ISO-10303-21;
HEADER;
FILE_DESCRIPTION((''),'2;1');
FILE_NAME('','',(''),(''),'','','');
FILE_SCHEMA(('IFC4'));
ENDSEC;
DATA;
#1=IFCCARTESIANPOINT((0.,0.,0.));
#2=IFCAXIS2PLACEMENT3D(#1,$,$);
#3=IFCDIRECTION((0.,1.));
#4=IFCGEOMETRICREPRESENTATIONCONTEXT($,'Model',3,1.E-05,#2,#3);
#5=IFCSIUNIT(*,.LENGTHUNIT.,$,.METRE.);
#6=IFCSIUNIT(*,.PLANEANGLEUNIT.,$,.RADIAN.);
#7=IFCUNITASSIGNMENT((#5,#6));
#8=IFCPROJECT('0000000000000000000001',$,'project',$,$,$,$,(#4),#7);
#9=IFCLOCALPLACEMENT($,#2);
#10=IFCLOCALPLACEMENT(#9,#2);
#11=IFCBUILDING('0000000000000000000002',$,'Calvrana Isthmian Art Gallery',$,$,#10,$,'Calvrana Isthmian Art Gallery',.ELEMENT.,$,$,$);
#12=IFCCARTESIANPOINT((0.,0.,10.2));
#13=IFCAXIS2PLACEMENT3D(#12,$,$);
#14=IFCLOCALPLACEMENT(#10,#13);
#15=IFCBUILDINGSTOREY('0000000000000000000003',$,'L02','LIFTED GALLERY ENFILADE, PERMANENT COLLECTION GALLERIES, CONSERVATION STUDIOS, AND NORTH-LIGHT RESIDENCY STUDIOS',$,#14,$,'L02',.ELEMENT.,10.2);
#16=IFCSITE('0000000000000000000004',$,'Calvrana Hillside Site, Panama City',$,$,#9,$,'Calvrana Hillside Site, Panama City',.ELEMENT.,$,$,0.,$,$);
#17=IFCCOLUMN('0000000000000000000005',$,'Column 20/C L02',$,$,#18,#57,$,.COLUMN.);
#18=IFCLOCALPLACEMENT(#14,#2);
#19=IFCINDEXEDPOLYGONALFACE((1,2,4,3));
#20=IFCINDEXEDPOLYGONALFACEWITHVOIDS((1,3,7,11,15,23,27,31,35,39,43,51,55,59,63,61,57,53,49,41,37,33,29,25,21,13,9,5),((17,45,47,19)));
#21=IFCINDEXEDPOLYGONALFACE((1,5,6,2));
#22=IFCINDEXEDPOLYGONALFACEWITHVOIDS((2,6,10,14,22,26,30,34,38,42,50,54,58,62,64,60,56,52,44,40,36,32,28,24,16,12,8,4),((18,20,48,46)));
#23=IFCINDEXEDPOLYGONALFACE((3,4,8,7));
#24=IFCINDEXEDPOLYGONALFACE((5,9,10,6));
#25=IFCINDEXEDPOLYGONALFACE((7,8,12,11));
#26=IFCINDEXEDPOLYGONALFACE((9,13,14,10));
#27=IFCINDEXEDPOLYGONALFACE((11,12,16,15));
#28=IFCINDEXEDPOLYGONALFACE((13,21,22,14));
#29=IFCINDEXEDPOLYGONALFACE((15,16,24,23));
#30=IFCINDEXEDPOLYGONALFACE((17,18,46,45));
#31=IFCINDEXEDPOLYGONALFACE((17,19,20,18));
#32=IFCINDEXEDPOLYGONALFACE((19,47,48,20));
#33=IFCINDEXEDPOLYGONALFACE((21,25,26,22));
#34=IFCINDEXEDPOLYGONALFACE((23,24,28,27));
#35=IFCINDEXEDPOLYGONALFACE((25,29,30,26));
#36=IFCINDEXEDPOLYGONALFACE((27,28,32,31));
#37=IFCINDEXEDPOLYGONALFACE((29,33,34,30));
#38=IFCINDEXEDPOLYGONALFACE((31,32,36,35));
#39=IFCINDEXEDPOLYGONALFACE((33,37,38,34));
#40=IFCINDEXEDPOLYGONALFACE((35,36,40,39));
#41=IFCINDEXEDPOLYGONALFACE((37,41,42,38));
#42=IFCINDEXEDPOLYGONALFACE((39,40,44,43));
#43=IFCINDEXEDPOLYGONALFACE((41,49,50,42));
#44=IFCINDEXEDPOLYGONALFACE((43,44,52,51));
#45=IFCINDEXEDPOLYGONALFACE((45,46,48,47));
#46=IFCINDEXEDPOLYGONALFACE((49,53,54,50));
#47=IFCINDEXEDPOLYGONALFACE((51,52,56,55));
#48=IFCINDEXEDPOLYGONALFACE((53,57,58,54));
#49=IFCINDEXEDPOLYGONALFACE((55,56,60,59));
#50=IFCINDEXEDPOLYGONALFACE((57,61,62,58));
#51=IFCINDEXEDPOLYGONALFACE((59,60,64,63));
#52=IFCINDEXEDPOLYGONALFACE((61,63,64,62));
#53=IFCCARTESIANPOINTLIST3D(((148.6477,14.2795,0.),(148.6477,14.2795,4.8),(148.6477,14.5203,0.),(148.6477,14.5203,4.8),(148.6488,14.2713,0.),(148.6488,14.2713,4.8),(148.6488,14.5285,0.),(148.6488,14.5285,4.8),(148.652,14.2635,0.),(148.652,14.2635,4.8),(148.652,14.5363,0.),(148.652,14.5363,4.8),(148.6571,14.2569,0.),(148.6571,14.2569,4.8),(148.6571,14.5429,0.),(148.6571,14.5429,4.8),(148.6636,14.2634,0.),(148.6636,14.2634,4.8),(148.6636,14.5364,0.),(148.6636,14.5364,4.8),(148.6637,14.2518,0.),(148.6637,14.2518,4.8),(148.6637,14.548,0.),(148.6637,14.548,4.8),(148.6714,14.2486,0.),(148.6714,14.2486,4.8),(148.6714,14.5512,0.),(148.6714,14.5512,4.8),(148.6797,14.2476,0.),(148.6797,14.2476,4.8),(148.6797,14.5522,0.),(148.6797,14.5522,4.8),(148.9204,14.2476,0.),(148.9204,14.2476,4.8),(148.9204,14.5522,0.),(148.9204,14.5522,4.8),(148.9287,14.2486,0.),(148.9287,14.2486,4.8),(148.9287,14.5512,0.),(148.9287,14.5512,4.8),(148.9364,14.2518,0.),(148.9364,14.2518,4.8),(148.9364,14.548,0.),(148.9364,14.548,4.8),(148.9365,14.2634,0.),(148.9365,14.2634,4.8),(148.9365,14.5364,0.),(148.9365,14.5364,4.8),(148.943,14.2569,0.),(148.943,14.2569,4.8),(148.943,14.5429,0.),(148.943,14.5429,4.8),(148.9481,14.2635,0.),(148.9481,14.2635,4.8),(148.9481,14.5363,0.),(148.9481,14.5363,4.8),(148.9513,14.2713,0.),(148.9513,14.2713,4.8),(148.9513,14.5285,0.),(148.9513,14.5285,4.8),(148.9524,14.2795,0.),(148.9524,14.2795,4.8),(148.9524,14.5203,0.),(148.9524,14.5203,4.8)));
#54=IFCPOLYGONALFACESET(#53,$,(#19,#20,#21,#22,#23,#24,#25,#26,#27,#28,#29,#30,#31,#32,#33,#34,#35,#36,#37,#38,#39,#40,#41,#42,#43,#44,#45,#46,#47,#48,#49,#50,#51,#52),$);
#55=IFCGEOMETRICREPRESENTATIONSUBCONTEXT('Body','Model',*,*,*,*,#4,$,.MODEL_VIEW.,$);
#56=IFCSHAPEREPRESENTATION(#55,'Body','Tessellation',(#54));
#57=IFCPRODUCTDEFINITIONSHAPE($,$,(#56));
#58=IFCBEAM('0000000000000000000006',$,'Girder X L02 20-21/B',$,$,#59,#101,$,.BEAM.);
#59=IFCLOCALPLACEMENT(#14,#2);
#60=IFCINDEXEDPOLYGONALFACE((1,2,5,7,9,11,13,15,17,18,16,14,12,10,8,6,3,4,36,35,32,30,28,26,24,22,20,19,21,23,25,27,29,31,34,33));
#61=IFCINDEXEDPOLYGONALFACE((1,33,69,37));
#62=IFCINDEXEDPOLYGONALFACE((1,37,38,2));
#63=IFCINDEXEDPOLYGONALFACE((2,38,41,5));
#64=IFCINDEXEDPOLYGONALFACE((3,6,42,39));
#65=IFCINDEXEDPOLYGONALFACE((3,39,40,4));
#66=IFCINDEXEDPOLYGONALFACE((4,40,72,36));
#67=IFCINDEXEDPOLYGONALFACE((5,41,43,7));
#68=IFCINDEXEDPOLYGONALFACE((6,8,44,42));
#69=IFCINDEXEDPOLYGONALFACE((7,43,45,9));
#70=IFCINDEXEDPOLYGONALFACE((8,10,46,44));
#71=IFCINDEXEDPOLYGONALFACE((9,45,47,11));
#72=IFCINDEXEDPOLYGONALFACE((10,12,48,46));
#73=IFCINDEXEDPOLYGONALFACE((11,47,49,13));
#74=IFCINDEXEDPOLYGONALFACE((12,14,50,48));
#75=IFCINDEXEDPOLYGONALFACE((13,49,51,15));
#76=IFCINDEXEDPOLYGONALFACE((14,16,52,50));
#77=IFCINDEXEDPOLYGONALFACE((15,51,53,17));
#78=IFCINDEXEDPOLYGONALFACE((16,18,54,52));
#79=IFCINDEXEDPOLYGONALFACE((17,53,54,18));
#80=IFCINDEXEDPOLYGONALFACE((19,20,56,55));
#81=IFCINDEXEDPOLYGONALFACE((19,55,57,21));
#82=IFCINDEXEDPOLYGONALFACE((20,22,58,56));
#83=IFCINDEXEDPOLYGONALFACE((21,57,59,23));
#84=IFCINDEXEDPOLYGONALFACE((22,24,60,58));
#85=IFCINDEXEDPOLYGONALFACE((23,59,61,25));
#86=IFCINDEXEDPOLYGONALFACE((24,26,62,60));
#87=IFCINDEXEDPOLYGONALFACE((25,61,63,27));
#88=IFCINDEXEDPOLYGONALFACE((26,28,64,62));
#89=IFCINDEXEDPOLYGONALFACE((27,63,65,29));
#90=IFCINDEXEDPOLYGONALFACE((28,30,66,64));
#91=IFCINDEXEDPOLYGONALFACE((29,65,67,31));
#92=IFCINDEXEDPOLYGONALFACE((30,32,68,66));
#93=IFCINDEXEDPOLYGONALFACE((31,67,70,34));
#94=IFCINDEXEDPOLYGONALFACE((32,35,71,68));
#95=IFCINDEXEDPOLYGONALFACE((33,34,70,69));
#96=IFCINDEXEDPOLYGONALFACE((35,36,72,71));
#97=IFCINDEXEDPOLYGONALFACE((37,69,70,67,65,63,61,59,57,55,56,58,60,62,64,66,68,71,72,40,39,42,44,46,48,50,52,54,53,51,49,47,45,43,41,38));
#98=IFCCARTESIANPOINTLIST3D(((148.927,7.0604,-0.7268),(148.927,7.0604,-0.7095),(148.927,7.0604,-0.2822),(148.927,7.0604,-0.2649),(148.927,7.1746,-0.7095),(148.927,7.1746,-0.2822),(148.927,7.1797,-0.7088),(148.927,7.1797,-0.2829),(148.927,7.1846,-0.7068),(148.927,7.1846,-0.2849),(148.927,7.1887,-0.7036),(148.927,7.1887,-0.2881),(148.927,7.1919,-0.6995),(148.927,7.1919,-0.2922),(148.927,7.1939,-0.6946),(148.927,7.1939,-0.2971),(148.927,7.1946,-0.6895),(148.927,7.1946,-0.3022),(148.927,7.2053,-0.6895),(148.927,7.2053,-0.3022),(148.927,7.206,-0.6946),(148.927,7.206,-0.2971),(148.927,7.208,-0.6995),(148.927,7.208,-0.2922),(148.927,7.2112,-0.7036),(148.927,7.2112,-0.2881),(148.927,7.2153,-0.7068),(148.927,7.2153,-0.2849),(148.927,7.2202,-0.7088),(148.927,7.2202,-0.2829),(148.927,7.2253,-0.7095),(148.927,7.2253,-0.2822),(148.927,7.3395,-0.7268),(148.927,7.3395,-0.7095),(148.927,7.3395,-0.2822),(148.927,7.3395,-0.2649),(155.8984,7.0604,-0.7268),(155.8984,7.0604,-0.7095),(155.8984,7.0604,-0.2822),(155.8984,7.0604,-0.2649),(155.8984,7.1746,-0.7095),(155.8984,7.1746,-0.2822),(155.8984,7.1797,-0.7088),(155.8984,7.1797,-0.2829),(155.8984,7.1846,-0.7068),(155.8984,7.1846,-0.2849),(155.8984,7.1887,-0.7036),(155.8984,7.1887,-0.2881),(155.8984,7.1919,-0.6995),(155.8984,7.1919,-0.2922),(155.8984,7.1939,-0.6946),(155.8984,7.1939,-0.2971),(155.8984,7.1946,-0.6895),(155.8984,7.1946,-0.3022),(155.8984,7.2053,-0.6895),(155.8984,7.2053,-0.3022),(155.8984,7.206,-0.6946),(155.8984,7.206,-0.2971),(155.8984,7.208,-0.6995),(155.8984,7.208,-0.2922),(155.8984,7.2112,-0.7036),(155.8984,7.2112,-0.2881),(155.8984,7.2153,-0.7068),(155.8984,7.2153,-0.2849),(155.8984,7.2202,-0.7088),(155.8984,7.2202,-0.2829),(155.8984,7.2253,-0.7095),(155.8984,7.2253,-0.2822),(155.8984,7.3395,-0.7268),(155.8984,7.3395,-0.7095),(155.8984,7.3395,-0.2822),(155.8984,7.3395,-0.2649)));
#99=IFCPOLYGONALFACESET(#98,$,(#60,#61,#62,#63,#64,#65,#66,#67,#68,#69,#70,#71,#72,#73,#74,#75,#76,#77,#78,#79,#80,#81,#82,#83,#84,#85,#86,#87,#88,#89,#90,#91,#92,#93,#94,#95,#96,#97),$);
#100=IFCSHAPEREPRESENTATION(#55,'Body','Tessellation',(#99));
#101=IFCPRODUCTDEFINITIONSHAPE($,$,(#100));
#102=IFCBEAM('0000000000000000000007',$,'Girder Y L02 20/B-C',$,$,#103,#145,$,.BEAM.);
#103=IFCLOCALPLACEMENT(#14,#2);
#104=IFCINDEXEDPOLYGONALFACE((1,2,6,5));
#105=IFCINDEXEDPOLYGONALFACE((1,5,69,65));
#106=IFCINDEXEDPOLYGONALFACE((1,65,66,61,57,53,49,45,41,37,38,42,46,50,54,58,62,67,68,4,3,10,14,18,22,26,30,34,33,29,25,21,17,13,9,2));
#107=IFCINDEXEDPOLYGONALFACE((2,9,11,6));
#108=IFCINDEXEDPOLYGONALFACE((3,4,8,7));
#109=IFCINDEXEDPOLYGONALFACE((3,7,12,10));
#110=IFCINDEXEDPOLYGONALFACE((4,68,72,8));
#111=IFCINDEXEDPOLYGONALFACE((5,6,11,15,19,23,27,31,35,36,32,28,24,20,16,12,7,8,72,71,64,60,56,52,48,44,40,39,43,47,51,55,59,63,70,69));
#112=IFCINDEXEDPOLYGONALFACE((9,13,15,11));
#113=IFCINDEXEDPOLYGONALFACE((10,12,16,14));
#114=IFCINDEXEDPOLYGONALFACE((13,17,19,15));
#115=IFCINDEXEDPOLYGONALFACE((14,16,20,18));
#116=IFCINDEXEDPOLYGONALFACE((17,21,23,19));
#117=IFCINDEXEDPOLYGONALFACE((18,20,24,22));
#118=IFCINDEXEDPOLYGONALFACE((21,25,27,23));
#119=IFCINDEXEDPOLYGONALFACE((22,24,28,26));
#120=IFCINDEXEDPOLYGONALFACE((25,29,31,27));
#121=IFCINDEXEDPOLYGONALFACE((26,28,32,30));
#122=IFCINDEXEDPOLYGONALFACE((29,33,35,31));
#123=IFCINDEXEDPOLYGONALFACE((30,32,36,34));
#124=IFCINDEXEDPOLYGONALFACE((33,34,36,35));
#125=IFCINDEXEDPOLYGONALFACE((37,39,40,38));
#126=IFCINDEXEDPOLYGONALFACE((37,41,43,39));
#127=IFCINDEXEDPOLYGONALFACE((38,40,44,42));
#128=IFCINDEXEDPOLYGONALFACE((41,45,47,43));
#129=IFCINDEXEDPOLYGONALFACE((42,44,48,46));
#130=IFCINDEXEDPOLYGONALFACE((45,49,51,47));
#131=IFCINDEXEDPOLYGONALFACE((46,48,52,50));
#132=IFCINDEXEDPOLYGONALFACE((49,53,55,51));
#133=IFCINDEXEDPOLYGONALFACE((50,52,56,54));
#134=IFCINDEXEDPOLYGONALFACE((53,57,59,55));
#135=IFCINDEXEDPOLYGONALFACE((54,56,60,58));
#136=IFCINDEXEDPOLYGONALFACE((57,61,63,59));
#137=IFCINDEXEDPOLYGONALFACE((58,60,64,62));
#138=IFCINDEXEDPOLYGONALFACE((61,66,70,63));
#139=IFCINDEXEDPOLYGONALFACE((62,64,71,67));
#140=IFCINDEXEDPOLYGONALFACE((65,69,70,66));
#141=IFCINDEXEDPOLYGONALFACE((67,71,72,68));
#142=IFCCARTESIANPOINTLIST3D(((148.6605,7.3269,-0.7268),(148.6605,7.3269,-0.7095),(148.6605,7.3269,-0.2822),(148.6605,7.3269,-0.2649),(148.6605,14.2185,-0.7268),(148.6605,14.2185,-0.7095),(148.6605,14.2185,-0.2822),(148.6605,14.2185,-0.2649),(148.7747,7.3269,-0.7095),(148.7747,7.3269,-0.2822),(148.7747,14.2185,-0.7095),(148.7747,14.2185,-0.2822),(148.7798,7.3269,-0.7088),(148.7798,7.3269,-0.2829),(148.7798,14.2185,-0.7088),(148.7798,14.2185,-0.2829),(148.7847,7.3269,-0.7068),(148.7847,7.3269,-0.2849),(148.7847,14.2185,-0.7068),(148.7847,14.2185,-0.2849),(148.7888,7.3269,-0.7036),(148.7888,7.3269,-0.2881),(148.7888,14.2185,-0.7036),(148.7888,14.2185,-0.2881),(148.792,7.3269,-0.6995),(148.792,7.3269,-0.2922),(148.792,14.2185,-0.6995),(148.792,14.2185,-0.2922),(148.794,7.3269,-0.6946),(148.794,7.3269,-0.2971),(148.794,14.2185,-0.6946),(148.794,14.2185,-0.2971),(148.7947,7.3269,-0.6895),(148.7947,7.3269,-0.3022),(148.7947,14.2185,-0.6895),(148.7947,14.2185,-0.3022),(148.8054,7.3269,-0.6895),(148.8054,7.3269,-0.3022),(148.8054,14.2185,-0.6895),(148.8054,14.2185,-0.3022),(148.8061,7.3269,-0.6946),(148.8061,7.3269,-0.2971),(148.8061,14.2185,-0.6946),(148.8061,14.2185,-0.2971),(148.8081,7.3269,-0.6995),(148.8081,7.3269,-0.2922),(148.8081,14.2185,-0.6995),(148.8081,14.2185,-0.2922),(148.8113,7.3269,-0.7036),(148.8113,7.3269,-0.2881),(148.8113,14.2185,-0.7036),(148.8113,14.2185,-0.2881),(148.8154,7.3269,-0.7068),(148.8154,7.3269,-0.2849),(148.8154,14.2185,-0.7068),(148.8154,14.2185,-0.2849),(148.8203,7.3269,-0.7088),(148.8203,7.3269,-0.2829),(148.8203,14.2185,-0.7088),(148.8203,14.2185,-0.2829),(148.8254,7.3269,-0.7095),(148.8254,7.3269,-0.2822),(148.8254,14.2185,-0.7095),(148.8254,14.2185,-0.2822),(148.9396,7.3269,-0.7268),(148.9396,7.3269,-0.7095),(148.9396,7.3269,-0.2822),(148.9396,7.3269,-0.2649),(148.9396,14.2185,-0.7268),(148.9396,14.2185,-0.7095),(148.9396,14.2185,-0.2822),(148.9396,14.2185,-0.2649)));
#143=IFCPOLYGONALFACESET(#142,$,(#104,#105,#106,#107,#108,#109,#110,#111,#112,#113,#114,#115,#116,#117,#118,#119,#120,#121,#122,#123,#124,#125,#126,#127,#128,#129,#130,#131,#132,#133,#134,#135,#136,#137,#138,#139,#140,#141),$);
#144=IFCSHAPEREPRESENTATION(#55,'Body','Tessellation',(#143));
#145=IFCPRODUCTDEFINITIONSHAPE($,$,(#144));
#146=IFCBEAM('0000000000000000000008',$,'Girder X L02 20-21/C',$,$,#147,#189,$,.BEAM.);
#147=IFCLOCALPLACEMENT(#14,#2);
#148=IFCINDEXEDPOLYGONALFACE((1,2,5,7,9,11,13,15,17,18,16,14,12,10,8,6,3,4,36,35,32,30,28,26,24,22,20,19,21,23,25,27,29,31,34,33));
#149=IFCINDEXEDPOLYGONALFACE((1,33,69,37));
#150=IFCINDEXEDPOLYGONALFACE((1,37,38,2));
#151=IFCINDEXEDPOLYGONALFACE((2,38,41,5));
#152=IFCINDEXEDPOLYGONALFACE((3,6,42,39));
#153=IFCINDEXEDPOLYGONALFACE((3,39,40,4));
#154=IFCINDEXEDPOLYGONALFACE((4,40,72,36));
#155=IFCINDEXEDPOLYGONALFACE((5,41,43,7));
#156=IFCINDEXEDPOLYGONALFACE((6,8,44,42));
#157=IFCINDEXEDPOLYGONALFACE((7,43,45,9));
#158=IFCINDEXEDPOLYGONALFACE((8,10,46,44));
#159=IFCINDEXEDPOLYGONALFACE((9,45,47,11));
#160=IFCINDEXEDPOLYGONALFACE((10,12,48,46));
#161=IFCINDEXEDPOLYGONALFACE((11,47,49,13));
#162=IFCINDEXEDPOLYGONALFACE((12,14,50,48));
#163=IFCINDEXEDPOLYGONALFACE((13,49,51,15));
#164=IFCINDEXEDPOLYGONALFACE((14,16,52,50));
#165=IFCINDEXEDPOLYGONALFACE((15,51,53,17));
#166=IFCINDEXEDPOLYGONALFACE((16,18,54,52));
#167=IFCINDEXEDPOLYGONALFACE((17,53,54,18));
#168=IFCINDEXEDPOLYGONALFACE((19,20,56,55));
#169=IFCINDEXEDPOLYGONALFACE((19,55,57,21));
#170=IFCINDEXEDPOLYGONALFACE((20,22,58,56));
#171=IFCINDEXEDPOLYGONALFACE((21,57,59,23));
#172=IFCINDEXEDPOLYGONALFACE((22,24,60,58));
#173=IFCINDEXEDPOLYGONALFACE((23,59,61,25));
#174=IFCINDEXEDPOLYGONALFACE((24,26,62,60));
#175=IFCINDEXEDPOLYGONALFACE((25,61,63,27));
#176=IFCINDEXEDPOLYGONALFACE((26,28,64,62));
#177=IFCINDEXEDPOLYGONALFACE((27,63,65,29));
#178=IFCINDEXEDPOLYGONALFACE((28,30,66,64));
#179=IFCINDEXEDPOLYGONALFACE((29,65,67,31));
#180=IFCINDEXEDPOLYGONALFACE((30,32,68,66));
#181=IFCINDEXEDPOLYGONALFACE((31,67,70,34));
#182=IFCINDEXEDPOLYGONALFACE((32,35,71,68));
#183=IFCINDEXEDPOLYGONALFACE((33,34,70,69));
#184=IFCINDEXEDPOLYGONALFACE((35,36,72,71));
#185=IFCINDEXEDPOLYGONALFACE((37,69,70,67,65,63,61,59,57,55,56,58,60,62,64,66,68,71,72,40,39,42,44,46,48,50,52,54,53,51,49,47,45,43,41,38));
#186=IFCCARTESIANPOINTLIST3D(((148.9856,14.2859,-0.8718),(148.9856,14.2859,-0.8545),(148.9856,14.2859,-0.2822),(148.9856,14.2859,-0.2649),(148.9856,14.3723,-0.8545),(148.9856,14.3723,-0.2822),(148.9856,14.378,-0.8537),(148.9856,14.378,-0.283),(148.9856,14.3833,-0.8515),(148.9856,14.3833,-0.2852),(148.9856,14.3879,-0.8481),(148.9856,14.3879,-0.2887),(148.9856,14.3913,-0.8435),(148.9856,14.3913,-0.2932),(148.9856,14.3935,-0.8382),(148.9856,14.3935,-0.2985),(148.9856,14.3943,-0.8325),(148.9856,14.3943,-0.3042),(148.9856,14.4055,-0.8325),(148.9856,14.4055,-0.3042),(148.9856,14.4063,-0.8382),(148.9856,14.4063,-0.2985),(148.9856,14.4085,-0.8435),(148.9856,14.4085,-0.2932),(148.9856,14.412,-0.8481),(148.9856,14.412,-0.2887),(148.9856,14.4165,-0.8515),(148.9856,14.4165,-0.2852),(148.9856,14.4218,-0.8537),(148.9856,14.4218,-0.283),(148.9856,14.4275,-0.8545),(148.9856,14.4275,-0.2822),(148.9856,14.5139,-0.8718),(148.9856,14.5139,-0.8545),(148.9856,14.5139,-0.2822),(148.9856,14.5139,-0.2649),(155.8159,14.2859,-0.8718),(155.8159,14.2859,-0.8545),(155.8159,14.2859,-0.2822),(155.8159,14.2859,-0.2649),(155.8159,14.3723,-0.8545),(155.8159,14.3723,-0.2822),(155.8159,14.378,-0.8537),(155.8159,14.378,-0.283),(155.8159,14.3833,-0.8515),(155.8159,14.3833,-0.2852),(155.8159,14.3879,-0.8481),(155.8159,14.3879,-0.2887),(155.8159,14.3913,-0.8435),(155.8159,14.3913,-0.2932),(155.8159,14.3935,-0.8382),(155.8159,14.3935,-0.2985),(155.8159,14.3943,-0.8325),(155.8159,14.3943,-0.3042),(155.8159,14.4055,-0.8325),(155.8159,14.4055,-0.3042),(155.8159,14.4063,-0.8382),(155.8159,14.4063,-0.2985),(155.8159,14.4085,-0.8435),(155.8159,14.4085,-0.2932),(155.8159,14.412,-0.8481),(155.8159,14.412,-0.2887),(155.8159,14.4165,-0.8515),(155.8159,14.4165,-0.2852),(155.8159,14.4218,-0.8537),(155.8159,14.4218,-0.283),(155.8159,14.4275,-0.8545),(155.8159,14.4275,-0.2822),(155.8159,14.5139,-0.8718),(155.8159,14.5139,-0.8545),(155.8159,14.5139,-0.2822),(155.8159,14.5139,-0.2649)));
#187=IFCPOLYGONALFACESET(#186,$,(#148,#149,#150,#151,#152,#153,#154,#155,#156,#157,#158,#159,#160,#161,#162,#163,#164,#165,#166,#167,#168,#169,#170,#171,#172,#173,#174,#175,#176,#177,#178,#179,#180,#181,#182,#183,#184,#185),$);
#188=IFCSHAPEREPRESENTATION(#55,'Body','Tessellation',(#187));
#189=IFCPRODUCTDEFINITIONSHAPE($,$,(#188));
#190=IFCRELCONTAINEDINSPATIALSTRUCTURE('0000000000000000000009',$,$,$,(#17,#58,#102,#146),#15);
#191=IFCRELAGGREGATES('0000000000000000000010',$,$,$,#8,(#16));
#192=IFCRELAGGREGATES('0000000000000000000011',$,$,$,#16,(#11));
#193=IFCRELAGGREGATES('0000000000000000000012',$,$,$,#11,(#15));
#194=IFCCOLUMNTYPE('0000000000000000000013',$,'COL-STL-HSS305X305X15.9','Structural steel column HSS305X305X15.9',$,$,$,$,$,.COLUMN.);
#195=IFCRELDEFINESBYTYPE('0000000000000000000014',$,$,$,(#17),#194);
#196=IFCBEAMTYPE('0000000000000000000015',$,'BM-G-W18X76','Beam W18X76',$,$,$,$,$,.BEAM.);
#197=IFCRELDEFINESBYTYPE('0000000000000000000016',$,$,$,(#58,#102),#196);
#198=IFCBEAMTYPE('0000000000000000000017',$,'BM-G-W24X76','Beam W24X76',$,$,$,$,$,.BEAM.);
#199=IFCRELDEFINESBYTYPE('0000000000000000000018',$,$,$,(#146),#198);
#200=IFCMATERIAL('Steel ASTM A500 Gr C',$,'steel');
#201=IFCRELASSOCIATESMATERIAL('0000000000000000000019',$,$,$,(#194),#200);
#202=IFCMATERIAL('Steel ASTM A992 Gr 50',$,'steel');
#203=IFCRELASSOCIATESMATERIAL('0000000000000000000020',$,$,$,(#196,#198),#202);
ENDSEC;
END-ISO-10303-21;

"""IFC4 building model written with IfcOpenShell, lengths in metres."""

from ifc_helpers import new_model, si_unit, direction, frame, origin, origin_2d, place, context, subcontext, project, spatial, hollow_rectangle, i_section, extrude, material, material_profile, profile_set, type_object, element, save


model = new_model("IFC4")

# Units and contexts
model_context = context("Model", 3, precision=1e-05, world=origin(), true_north=direction((0.0, 1.0)))
body_context = subcontext(model_context, "Body", "Model", "MODEL_VIEW")
ifc_project = project(units=[si_unit("LENGTHUNIT", "METRE"), si_unit("PLANEANGLEUNIT", "RADIAN")], contexts=[model_context])

# Site, building, storey
site_placement = place(None, origin())
site = spatial("IfcSite", under=ifc_project, at=site_placement, Name="Calvrana Hillside Site, Panama City", LongName="Calvrana Hillside Site, Panama City", CompositionType="ELEMENT", RefElevation=0.0)
building_placement = place(site_placement, origin())
building = spatial("IfcBuilding", under=site, at=building_placement, Name="Calvrana Isthmian Art Gallery", LongName="Calvrana Isthmian Art Gallery", CompositionType="ELEMENT")
storey_placement = place(building_placement, frame((0.0, 0.0, 10.2)))
storey = spatial("IfcBuildingStorey", under=building, at=storey_placement, Name="L02", Description="LIFTED GALLERY ENFILADE, PERMANENT COLLECTION GALLERIES, CONSERVATION STUDIOS, AND NORTH-LIGHT RESIDENCY STUDIOS", LongName="L02", CompositionType="ELEMENT", Elevation=10.2)

# Column
ifc_material_1 = material(Name="Steel ASTM A500 Gr C", Category="steel")
ifc_material_profile_1 = material_profile(ifc_material_1, hollow_rectangle(XDim=0.3047, YDim=0.3047, WallThickness=0.0159, OuterFilletRadius=0.032, at=origin_2d()), Name="HSS305X305X15.9")
ifc_profile_set_1 = profile_set([ifc_material_profile_1], Name="Steel ASTM A500 Gr C")
column_type = type_object("IfcColumnType", Name="COL-STL-HSS305X305X15.9", Description="Structural steel column HSS305X305X15.9", PredefinedType="COLUMN", material=ifc_profile_set_1)
column_placement = place(storey_placement, frame((148.8, 14.3999, 0.0), z_axis=(0.0, 0.0, 1.0), x_axis=(1.0, 0.0, 0.0)))
element("IfcColumn", 1, at=column_placement, inside=storey, type_object=column_type, Name="Column 20/C L02", PredefinedType="COLUMN", context=body_context, shape_type="SweptSolid", body=[
    extrude(hollow_rectangle(XDim=0.3047, YDim=0.3047, WallThickness=0.0159, OuterFilletRadius=0.032, at=origin_2d()), origin(), (0.0, 0.0, 1.0), 4.8),
])

# Beams
ifc_material_2 = material(Name="Steel ASTM A992 Gr 50", Category="steel")
ifc_material_profile_2 = material_profile(ifc_material_2, i_section(OverallWidth=0.2791, OverallDepth=0.4619, WebThickness=0.0107, FlangeThickness=0.0173, FilletRadius=0.02, at=origin_2d()), Name="W18X76")
ifc_profile_set_2 = profile_set([ifc_material_profile_2], Name="Steel ASTM A992 Gr 50")
beam_type_1 = type_object("IfcBeamType", Name="BM-G-W18X76", Description="Beam W18X76", PredefinedType="BEAM", material=ifc_profile_set_2)
beam_1_placement = place(storey_placement, frame((148.927, 7.2, -0.4958), z_axis=(1.0, 0.0, 0.0), x_axis=(0.0, 1.0, 0.0)))
element("IfcBeam", 2, at=beam_1_placement, inside=storey, type_object=beam_type_1, Name="Girder X L02 20-21/B", PredefinedType="BEAM", context=body_context, shape_type="SweptSolid", body=[
    extrude(i_section(OverallWidth=0.2791, OverallDepth=0.4619, WebThickness=0.0107, FlangeThickness=0.0173, FilletRadius=0.02, at=origin_2d()), origin(), (0.0, 0.0, 1.0), 6.9714),
])
beam_2_placement = place(storey_placement, frame((148.8, 7.3269, -0.4958), z_axis=(0.0, 1.0, 0.0), x_axis=(-1.0, 0.0, 0.0)))
element("IfcBeam", 3, at=beam_2_placement, inside=storey, type_object=beam_type_1, Name="Girder Y L02 20/B-C", PredefinedType="BEAM", context=body_context, shape_type="SweptSolid", body=[
    extrude(i_section(OverallWidth=0.2791, OverallDepth=0.4619, WebThickness=0.0107, FlangeThickness=0.0173, FilletRadius=0.02, at=origin_2d()), origin(), (0.0, 0.0, 1.0), 6.8916),
])
ifc_material_profile_3 = material_profile(ifc_material_2, i_section(OverallWidth=0.228, OverallDepth=0.6069, WebThickness=0.0112, FlangeThickness=0.0173, FilletRadius=0.022, at=origin_2d()), Name="W24X76")
ifc_profile_set_3 = profile_set([ifc_material_profile_3], Name="Steel ASTM A992 Gr 50")
beam_type_2 = type_object("IfcBeamType", Name="BM-G-W24X76", Description="Beam W24X76", PredefinedType="BEAM", material=ifc_profile_set_3)
beam_3_placement = place(storey_placement, frame((148.9856, 14.3999, -0.5684), z_axis=(1.0, 0.0, 0.0), x_axis=(0.0, 1.0, 0.0)))
element("IfcBeam", 4, at=beam_3_placement, inside=storey, type_object=beam_type_2, Name="Girder X L02 20-21/C", PredefinedType="BEAM", context=body_context, shape_type="SweptSolid", body=[
    extrude(i_section(OverallWidth=0.228, OverallDepth=0.6069, WebThickness=0.0112, FlangeThickness=0.0173, FilletRadius=0.022, at=origin_2d()), origin(), (0.0, 0.0, 1.0), 6.8303),
])

save(model, "model.ifc")
